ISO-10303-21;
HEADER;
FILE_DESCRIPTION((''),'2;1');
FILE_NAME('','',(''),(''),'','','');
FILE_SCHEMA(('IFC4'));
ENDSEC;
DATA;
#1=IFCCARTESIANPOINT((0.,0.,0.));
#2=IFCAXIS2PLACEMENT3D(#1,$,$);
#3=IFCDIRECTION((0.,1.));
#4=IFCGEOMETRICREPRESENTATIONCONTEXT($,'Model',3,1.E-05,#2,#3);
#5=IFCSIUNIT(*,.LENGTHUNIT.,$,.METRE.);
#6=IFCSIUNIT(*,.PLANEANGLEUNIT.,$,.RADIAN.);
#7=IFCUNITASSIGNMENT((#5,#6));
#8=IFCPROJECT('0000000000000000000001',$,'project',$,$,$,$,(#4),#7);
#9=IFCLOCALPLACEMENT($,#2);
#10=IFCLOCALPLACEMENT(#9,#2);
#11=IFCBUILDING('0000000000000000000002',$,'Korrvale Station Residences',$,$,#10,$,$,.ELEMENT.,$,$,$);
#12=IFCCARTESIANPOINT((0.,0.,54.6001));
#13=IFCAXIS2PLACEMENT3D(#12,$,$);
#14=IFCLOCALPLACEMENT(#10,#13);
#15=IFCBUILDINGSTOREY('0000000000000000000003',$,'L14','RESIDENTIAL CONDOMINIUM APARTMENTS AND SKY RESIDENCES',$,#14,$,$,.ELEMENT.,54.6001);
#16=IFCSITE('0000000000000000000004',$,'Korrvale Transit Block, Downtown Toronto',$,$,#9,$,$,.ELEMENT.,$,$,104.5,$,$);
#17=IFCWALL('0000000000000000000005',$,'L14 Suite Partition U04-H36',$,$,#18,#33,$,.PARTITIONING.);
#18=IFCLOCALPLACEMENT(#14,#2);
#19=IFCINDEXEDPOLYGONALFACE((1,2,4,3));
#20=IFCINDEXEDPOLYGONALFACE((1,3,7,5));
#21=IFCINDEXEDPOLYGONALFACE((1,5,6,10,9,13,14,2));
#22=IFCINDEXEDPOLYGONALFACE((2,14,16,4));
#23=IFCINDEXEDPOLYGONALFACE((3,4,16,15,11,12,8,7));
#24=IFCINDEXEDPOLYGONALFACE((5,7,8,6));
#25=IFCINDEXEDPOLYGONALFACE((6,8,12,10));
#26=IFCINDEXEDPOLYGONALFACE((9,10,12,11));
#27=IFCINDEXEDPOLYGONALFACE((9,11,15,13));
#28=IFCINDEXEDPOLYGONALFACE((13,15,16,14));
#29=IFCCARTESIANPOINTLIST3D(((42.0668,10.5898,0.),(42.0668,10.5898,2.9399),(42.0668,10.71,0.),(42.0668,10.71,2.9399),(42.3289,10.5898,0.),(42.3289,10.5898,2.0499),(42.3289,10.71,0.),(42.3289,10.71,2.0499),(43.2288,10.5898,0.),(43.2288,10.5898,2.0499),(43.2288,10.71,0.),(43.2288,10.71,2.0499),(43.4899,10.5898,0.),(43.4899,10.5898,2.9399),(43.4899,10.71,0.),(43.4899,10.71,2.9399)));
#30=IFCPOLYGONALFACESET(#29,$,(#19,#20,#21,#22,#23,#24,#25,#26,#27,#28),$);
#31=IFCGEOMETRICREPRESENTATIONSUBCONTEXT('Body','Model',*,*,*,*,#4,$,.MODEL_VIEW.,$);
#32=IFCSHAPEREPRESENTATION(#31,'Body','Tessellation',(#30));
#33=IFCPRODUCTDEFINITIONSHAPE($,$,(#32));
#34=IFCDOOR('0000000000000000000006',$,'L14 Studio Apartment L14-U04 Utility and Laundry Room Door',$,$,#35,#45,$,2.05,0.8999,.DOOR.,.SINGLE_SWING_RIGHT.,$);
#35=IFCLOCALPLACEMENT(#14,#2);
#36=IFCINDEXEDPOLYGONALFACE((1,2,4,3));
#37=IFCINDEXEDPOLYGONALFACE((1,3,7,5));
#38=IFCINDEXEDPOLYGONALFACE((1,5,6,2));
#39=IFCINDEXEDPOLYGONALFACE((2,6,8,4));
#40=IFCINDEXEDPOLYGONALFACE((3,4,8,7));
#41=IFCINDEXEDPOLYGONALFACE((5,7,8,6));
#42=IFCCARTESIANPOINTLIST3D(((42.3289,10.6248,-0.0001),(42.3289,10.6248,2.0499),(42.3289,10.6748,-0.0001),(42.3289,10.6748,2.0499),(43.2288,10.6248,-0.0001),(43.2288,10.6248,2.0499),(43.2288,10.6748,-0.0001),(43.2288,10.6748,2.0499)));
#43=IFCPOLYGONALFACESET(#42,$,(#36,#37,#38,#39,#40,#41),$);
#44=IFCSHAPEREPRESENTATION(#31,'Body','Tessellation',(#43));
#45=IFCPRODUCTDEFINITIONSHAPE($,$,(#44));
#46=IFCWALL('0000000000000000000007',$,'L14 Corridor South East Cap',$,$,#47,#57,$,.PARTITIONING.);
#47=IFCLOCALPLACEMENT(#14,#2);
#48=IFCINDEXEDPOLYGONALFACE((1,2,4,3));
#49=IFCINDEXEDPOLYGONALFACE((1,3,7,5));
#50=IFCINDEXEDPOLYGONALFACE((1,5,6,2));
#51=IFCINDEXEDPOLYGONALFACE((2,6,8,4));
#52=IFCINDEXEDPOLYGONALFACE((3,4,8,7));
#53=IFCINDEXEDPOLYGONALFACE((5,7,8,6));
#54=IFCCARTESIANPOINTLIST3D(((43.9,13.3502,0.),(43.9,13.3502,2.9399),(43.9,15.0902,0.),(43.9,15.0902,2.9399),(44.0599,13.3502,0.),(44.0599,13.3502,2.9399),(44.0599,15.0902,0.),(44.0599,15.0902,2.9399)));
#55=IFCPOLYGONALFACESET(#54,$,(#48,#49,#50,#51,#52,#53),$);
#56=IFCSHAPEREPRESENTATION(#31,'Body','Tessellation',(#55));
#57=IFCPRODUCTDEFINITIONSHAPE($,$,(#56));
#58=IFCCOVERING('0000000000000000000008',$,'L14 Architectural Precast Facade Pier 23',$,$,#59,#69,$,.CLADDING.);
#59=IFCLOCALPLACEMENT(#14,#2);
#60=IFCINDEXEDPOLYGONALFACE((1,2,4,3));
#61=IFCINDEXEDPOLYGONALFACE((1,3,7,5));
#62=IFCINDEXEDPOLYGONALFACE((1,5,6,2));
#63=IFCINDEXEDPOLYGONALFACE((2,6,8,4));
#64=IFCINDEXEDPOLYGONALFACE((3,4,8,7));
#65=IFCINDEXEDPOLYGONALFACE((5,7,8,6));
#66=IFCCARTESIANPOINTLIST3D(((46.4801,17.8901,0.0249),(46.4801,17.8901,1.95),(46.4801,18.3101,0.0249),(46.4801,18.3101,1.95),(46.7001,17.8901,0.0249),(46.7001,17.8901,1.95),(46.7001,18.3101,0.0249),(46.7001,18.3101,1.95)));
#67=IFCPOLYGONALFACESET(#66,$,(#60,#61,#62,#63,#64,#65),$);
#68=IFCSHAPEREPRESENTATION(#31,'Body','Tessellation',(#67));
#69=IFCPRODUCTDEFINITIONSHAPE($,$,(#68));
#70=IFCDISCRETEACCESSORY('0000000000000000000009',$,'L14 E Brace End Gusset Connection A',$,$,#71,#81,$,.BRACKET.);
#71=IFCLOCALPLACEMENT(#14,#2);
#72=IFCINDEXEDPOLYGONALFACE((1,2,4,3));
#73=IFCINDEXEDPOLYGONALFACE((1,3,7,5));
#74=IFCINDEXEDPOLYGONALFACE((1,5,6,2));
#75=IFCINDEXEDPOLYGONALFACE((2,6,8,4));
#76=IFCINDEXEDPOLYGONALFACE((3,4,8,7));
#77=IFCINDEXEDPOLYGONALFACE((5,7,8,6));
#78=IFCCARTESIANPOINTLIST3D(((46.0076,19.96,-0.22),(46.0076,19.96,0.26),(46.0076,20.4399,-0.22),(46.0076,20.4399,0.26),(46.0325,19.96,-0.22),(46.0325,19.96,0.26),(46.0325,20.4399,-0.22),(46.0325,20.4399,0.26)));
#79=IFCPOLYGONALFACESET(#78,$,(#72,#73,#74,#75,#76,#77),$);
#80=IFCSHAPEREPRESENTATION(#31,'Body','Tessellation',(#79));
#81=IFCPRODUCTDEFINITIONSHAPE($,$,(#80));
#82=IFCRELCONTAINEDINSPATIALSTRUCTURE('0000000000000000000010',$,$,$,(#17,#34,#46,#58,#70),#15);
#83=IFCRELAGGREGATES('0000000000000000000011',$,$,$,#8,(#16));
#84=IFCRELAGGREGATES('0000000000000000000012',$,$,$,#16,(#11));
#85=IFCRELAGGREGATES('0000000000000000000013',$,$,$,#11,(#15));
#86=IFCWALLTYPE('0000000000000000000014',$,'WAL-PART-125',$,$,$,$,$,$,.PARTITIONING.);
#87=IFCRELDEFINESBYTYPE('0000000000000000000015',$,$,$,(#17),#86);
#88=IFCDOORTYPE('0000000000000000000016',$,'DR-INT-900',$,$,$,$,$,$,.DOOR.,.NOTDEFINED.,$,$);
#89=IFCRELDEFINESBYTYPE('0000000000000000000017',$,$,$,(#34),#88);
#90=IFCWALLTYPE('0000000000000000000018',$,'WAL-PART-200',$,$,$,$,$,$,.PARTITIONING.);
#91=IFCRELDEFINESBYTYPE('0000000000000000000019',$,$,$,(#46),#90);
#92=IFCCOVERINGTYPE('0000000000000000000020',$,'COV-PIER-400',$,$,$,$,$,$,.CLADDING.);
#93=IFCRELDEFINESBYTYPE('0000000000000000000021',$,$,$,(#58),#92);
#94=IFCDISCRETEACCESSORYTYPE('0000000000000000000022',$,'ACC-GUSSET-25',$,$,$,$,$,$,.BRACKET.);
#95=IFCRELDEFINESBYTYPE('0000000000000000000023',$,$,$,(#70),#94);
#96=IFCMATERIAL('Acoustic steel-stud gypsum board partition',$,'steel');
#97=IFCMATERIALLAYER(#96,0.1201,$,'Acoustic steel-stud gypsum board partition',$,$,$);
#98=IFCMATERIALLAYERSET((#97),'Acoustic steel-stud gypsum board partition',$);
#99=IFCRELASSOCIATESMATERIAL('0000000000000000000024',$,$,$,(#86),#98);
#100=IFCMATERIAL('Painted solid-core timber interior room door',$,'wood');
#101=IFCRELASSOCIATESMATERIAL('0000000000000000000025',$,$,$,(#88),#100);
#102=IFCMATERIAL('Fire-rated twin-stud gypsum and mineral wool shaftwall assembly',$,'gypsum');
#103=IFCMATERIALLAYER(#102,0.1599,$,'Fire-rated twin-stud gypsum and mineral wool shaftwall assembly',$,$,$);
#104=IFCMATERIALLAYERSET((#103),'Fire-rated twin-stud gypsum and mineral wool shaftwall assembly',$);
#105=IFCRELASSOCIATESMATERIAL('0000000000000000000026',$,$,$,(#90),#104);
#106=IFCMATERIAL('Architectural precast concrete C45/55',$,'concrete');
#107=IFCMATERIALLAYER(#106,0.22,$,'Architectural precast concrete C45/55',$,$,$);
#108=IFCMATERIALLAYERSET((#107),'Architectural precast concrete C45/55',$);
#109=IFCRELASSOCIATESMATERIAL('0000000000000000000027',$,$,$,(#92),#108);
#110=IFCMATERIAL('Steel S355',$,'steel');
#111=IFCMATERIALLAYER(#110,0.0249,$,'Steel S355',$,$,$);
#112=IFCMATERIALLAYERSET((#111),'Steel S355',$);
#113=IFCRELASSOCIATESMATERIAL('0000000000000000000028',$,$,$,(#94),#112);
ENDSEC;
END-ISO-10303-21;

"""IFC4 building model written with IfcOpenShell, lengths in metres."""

from ifc_helpers import new_model, si_unit, direction, frame, frame_2d, origin, origin_2d, place, context, subcontext, project, spatial, rectangle, extrude, material, layer, layer_set, type_object, element, fill, save


model = new_model("IFC4")

# Units and contexts
model_context = context("Model", 3, precision=1e-05, world=origin(), true_north=direction((0.0, 1.0)))
body_context = subcontext(model_context, "Body", "Model", "MODEL_VIEW")
ifc_project = project(units=[si_unit("LENGTHUNIT", "METRE"), si_unit("PLANEANGLEUNIT", "RADIAN")], contexts=[model_context])

# Site, building, storey
site_placement = place(None, origin())
site = spatial("IfcSite", under=ifc_project, at=site_placement, Name="Korrvale Transit Block, Downtown Toronto", CompositionType="ELEMENT", RefElevation=104.5)
building_placement = place(site_placement, origin())
building = spatial("IfcBuilding", under=site, at=building_placement, Name="Korrvale Station Residences", CompositionType="ELEMENT")
storey_placement = place(building_placement, frame((0.0, 0.0, 54.6001)))
storey = spatial("IfcBuildingStorey", under=building, at=storey_placement, Name="L14", Description="RESIDENTIAL CONDOMINIUM APARTMENTS AND SKY RESIDENCES", CompositionType="ELEMENT", Elevation=54.6001)

# Shared definitions
ifc_material_1 = material(Name="Steel S355", Category="steel")

# Wall, opening, door
ifc_material_2 = material(Name="Acoustic steel-stud gypsum board partition", Category="steel")
ifc_layer_1 = layer(ifc_material_2, 0.1201, Name="Acoustic steel-stud gypsum board partition")
ifc_layer_set_1 = layer_set([ifc_layer_1], Name="Acoustic steel-stud gypsum board partition")
wall_type_1 = type_object("IfcWallType", Name="WAL-PART-125", PredefinedType="PARTITIONING", material=ifc_layer_set_1)
ifc_material_3 = material(Name="Painted solid-core timber interior room door", Category="wood")
door_type = type_object("IfcDoorType", Name="DR-INT-900", OperationType="NOTDEFINED", PredefinedType="DOOR", material=ifc_material_3)
wall_1_placement = place(storey_placement, frame((42.0669, 10.6499, 0.0), z_axis=(0.0, 0.0, 1.0), x_axis=(1.0, 0.0, 0.0)))
wall_1 = element("IfcWall", 1, at=wall_1_placement, inside=storey, type_object=wall_type_1, Name="L14 Suite Partition U04-H36", PredefinedType="PARTITIONING", context=body_context, shape_type="SweptSolid", body=[
    extrude(rectangle(XDim=1.4231, YDim=0.1201, at=frame_2d((0.7114, 0.0))), origin(), (0.0, 0.0, 1.0), 2.9399),
])
opening_1_placement = place(wall_1_placement, frame((0.262, 0.0, 0.0)))
opening_1 = element("IfcOpeningElement", 2, at=opening_1_placement, cuts=wall_1, PredefinedType="OPENING", context=body_context, shape_type="SweptSolid", body=[
    extrude(rectangle(XDim=0.8999, YDim=2.05, at=frame_2d((0.45, 1.0249))), frame((0.0, 0.0701, 0.0), z_axis=(0.0, -1.0, 0.0), x_axis=(1.0, 0.0, 0.0)), (0.0, 0.0, 1.0), 0.1401),
])
door_1_placement = place(opening_1_placement, origin())
door_1 = element("IfcDoor", 3, at=door_1_placement, inside=storey, type_object=door_type, Name="L14 Studio Apartment L14-U04 Utility and Laundry Room Door", OperationType="SINGLE_SWING_RIGHT", OverallHeight=2.05, OverallWidth=0.8999, PredefinedType="DOOR", context=body_context, shape_type="SweptSolid", body=[
    extrude(rectangle(XDim=0.8999, YDim=2.05, at=frame_2d((0.45, 1.0249))), frame((0.0, 0.0249, 0.0), z_axis=(0.0, -1.0, 0.0), x_axis=(1.0, 0.0, 0.0)), (0.0, 0.0, 1.0), 0.05),
])
fill(opening_1, door_1)

# Wall
ifc_material_4 = material(Name="Fire-rated twin-stud gypsum and mineral wool shaftwall assembly", Category="gypsum")
ifc_layer_2 = layer(ifc_material_4, 0.1599, Name="Fire-rated twin-stud gypsum and mineral wool shaftwall assembly")
ifc_layer_set_2 = layer_set([ifc_layer_2], Name="Fire-rated twin-stud gypsum and mineral wool shaftwall assembly")
wall_type_2 = type_object("IfcWallType", Name="WAL-PART-200", PredefinedType="PARTITIONING", material=ifc_layer_set_2)
wall_2_placement = place(storey_placement, frame((43.98, 13.3501, 0.0), z_axis=(0.0, 0.0, 1.0), x_axis=(0.0, 1.0, 0.0)))
element("IfcWall", 4, at=wall_2_placement, inside=storey, type_object=wall_type_2, Name="L14 Corridor South East Cap", PredefinedType="PARTITIONING", context=body_context, shape_type="SweptSolid", body=[
    extrude(rectangle(XDim=1.74, YDim=0.1599, at=frame_2d((0.8701, 0.0))), origin(), (0.0, 0.0, 1.0), 2.9399),
])

# Covering
ifc_material_5 = material(Name="Architectural precast concrete C45/55", Category="concrete")
ifc_layer_3 = layer(ifc_material_5, 0.22, Name="Architectural precast concrete C45/55")
ifc_layer_set_3 = layer_set([ifc_layer_3], Name="Architectural precast concrete C45/55")
covering_type = type_object("IfcCoveringType", Name="COV-PIER-400", PredefinedType="CLADDING", material=ifc_layer_set_3)
covering_placement = place(storey_placement, frame((46.5901, 18.1001, 0.0249), z_axis=(0.0, 0.0, 1.0), x_axis=(0.0, 1.0, 0.0)))
element("IfcCovering", 5, at=covering_placement, inside=storey, type_object=covering_type, Name="L14 Architectural Precast Facade Pier 23", PredefinedType="CLADDING", context=body_context, shape_type="SweptSolid", body=[
    extrude(rectangle(XDim=0.4199, YDim=0.22, at=origin_2d()), origin(), (0.0, 0.0, 1.0), 1.925),
])

# Discrete accessory
ifc_layer_4 = layer(ifc_material_1, 0.0249, Name="Steel S355")
ifc_layer_set_4 = layer_set([ifc_layer_4], Name="Steel S355")
discrete_accessory_type = type_object("IfcDiscreteAccessoryType", Name="ACC-GUSSET-25", PredefinedType="BRACKET", material=ifc_layer_set_4)
discrete_accessory_placement = place(storey_placement, frame((46.02, 20.2, -0.22), z_axis=(0.0, 0.0, 1.0), x_axis=(0.0, 1.0, 0.0)))
element("IfcDiscreteAccessory", 6, at=discrete_accessory_placement, inside=storey, type_object=discrete_accessory_type, Name="L14 E Brace End Gusset Connection A", PredefinedType="BRACKET", context=body_context, shape_type="SweptSolid", body=[
    extrude(rectangle(XDim=0.48, YDim=0.0249, at=origin_2d()), origin(), (0.0, 0.0, 1.0), 0.48),
])

save(model, "model.ifc")
